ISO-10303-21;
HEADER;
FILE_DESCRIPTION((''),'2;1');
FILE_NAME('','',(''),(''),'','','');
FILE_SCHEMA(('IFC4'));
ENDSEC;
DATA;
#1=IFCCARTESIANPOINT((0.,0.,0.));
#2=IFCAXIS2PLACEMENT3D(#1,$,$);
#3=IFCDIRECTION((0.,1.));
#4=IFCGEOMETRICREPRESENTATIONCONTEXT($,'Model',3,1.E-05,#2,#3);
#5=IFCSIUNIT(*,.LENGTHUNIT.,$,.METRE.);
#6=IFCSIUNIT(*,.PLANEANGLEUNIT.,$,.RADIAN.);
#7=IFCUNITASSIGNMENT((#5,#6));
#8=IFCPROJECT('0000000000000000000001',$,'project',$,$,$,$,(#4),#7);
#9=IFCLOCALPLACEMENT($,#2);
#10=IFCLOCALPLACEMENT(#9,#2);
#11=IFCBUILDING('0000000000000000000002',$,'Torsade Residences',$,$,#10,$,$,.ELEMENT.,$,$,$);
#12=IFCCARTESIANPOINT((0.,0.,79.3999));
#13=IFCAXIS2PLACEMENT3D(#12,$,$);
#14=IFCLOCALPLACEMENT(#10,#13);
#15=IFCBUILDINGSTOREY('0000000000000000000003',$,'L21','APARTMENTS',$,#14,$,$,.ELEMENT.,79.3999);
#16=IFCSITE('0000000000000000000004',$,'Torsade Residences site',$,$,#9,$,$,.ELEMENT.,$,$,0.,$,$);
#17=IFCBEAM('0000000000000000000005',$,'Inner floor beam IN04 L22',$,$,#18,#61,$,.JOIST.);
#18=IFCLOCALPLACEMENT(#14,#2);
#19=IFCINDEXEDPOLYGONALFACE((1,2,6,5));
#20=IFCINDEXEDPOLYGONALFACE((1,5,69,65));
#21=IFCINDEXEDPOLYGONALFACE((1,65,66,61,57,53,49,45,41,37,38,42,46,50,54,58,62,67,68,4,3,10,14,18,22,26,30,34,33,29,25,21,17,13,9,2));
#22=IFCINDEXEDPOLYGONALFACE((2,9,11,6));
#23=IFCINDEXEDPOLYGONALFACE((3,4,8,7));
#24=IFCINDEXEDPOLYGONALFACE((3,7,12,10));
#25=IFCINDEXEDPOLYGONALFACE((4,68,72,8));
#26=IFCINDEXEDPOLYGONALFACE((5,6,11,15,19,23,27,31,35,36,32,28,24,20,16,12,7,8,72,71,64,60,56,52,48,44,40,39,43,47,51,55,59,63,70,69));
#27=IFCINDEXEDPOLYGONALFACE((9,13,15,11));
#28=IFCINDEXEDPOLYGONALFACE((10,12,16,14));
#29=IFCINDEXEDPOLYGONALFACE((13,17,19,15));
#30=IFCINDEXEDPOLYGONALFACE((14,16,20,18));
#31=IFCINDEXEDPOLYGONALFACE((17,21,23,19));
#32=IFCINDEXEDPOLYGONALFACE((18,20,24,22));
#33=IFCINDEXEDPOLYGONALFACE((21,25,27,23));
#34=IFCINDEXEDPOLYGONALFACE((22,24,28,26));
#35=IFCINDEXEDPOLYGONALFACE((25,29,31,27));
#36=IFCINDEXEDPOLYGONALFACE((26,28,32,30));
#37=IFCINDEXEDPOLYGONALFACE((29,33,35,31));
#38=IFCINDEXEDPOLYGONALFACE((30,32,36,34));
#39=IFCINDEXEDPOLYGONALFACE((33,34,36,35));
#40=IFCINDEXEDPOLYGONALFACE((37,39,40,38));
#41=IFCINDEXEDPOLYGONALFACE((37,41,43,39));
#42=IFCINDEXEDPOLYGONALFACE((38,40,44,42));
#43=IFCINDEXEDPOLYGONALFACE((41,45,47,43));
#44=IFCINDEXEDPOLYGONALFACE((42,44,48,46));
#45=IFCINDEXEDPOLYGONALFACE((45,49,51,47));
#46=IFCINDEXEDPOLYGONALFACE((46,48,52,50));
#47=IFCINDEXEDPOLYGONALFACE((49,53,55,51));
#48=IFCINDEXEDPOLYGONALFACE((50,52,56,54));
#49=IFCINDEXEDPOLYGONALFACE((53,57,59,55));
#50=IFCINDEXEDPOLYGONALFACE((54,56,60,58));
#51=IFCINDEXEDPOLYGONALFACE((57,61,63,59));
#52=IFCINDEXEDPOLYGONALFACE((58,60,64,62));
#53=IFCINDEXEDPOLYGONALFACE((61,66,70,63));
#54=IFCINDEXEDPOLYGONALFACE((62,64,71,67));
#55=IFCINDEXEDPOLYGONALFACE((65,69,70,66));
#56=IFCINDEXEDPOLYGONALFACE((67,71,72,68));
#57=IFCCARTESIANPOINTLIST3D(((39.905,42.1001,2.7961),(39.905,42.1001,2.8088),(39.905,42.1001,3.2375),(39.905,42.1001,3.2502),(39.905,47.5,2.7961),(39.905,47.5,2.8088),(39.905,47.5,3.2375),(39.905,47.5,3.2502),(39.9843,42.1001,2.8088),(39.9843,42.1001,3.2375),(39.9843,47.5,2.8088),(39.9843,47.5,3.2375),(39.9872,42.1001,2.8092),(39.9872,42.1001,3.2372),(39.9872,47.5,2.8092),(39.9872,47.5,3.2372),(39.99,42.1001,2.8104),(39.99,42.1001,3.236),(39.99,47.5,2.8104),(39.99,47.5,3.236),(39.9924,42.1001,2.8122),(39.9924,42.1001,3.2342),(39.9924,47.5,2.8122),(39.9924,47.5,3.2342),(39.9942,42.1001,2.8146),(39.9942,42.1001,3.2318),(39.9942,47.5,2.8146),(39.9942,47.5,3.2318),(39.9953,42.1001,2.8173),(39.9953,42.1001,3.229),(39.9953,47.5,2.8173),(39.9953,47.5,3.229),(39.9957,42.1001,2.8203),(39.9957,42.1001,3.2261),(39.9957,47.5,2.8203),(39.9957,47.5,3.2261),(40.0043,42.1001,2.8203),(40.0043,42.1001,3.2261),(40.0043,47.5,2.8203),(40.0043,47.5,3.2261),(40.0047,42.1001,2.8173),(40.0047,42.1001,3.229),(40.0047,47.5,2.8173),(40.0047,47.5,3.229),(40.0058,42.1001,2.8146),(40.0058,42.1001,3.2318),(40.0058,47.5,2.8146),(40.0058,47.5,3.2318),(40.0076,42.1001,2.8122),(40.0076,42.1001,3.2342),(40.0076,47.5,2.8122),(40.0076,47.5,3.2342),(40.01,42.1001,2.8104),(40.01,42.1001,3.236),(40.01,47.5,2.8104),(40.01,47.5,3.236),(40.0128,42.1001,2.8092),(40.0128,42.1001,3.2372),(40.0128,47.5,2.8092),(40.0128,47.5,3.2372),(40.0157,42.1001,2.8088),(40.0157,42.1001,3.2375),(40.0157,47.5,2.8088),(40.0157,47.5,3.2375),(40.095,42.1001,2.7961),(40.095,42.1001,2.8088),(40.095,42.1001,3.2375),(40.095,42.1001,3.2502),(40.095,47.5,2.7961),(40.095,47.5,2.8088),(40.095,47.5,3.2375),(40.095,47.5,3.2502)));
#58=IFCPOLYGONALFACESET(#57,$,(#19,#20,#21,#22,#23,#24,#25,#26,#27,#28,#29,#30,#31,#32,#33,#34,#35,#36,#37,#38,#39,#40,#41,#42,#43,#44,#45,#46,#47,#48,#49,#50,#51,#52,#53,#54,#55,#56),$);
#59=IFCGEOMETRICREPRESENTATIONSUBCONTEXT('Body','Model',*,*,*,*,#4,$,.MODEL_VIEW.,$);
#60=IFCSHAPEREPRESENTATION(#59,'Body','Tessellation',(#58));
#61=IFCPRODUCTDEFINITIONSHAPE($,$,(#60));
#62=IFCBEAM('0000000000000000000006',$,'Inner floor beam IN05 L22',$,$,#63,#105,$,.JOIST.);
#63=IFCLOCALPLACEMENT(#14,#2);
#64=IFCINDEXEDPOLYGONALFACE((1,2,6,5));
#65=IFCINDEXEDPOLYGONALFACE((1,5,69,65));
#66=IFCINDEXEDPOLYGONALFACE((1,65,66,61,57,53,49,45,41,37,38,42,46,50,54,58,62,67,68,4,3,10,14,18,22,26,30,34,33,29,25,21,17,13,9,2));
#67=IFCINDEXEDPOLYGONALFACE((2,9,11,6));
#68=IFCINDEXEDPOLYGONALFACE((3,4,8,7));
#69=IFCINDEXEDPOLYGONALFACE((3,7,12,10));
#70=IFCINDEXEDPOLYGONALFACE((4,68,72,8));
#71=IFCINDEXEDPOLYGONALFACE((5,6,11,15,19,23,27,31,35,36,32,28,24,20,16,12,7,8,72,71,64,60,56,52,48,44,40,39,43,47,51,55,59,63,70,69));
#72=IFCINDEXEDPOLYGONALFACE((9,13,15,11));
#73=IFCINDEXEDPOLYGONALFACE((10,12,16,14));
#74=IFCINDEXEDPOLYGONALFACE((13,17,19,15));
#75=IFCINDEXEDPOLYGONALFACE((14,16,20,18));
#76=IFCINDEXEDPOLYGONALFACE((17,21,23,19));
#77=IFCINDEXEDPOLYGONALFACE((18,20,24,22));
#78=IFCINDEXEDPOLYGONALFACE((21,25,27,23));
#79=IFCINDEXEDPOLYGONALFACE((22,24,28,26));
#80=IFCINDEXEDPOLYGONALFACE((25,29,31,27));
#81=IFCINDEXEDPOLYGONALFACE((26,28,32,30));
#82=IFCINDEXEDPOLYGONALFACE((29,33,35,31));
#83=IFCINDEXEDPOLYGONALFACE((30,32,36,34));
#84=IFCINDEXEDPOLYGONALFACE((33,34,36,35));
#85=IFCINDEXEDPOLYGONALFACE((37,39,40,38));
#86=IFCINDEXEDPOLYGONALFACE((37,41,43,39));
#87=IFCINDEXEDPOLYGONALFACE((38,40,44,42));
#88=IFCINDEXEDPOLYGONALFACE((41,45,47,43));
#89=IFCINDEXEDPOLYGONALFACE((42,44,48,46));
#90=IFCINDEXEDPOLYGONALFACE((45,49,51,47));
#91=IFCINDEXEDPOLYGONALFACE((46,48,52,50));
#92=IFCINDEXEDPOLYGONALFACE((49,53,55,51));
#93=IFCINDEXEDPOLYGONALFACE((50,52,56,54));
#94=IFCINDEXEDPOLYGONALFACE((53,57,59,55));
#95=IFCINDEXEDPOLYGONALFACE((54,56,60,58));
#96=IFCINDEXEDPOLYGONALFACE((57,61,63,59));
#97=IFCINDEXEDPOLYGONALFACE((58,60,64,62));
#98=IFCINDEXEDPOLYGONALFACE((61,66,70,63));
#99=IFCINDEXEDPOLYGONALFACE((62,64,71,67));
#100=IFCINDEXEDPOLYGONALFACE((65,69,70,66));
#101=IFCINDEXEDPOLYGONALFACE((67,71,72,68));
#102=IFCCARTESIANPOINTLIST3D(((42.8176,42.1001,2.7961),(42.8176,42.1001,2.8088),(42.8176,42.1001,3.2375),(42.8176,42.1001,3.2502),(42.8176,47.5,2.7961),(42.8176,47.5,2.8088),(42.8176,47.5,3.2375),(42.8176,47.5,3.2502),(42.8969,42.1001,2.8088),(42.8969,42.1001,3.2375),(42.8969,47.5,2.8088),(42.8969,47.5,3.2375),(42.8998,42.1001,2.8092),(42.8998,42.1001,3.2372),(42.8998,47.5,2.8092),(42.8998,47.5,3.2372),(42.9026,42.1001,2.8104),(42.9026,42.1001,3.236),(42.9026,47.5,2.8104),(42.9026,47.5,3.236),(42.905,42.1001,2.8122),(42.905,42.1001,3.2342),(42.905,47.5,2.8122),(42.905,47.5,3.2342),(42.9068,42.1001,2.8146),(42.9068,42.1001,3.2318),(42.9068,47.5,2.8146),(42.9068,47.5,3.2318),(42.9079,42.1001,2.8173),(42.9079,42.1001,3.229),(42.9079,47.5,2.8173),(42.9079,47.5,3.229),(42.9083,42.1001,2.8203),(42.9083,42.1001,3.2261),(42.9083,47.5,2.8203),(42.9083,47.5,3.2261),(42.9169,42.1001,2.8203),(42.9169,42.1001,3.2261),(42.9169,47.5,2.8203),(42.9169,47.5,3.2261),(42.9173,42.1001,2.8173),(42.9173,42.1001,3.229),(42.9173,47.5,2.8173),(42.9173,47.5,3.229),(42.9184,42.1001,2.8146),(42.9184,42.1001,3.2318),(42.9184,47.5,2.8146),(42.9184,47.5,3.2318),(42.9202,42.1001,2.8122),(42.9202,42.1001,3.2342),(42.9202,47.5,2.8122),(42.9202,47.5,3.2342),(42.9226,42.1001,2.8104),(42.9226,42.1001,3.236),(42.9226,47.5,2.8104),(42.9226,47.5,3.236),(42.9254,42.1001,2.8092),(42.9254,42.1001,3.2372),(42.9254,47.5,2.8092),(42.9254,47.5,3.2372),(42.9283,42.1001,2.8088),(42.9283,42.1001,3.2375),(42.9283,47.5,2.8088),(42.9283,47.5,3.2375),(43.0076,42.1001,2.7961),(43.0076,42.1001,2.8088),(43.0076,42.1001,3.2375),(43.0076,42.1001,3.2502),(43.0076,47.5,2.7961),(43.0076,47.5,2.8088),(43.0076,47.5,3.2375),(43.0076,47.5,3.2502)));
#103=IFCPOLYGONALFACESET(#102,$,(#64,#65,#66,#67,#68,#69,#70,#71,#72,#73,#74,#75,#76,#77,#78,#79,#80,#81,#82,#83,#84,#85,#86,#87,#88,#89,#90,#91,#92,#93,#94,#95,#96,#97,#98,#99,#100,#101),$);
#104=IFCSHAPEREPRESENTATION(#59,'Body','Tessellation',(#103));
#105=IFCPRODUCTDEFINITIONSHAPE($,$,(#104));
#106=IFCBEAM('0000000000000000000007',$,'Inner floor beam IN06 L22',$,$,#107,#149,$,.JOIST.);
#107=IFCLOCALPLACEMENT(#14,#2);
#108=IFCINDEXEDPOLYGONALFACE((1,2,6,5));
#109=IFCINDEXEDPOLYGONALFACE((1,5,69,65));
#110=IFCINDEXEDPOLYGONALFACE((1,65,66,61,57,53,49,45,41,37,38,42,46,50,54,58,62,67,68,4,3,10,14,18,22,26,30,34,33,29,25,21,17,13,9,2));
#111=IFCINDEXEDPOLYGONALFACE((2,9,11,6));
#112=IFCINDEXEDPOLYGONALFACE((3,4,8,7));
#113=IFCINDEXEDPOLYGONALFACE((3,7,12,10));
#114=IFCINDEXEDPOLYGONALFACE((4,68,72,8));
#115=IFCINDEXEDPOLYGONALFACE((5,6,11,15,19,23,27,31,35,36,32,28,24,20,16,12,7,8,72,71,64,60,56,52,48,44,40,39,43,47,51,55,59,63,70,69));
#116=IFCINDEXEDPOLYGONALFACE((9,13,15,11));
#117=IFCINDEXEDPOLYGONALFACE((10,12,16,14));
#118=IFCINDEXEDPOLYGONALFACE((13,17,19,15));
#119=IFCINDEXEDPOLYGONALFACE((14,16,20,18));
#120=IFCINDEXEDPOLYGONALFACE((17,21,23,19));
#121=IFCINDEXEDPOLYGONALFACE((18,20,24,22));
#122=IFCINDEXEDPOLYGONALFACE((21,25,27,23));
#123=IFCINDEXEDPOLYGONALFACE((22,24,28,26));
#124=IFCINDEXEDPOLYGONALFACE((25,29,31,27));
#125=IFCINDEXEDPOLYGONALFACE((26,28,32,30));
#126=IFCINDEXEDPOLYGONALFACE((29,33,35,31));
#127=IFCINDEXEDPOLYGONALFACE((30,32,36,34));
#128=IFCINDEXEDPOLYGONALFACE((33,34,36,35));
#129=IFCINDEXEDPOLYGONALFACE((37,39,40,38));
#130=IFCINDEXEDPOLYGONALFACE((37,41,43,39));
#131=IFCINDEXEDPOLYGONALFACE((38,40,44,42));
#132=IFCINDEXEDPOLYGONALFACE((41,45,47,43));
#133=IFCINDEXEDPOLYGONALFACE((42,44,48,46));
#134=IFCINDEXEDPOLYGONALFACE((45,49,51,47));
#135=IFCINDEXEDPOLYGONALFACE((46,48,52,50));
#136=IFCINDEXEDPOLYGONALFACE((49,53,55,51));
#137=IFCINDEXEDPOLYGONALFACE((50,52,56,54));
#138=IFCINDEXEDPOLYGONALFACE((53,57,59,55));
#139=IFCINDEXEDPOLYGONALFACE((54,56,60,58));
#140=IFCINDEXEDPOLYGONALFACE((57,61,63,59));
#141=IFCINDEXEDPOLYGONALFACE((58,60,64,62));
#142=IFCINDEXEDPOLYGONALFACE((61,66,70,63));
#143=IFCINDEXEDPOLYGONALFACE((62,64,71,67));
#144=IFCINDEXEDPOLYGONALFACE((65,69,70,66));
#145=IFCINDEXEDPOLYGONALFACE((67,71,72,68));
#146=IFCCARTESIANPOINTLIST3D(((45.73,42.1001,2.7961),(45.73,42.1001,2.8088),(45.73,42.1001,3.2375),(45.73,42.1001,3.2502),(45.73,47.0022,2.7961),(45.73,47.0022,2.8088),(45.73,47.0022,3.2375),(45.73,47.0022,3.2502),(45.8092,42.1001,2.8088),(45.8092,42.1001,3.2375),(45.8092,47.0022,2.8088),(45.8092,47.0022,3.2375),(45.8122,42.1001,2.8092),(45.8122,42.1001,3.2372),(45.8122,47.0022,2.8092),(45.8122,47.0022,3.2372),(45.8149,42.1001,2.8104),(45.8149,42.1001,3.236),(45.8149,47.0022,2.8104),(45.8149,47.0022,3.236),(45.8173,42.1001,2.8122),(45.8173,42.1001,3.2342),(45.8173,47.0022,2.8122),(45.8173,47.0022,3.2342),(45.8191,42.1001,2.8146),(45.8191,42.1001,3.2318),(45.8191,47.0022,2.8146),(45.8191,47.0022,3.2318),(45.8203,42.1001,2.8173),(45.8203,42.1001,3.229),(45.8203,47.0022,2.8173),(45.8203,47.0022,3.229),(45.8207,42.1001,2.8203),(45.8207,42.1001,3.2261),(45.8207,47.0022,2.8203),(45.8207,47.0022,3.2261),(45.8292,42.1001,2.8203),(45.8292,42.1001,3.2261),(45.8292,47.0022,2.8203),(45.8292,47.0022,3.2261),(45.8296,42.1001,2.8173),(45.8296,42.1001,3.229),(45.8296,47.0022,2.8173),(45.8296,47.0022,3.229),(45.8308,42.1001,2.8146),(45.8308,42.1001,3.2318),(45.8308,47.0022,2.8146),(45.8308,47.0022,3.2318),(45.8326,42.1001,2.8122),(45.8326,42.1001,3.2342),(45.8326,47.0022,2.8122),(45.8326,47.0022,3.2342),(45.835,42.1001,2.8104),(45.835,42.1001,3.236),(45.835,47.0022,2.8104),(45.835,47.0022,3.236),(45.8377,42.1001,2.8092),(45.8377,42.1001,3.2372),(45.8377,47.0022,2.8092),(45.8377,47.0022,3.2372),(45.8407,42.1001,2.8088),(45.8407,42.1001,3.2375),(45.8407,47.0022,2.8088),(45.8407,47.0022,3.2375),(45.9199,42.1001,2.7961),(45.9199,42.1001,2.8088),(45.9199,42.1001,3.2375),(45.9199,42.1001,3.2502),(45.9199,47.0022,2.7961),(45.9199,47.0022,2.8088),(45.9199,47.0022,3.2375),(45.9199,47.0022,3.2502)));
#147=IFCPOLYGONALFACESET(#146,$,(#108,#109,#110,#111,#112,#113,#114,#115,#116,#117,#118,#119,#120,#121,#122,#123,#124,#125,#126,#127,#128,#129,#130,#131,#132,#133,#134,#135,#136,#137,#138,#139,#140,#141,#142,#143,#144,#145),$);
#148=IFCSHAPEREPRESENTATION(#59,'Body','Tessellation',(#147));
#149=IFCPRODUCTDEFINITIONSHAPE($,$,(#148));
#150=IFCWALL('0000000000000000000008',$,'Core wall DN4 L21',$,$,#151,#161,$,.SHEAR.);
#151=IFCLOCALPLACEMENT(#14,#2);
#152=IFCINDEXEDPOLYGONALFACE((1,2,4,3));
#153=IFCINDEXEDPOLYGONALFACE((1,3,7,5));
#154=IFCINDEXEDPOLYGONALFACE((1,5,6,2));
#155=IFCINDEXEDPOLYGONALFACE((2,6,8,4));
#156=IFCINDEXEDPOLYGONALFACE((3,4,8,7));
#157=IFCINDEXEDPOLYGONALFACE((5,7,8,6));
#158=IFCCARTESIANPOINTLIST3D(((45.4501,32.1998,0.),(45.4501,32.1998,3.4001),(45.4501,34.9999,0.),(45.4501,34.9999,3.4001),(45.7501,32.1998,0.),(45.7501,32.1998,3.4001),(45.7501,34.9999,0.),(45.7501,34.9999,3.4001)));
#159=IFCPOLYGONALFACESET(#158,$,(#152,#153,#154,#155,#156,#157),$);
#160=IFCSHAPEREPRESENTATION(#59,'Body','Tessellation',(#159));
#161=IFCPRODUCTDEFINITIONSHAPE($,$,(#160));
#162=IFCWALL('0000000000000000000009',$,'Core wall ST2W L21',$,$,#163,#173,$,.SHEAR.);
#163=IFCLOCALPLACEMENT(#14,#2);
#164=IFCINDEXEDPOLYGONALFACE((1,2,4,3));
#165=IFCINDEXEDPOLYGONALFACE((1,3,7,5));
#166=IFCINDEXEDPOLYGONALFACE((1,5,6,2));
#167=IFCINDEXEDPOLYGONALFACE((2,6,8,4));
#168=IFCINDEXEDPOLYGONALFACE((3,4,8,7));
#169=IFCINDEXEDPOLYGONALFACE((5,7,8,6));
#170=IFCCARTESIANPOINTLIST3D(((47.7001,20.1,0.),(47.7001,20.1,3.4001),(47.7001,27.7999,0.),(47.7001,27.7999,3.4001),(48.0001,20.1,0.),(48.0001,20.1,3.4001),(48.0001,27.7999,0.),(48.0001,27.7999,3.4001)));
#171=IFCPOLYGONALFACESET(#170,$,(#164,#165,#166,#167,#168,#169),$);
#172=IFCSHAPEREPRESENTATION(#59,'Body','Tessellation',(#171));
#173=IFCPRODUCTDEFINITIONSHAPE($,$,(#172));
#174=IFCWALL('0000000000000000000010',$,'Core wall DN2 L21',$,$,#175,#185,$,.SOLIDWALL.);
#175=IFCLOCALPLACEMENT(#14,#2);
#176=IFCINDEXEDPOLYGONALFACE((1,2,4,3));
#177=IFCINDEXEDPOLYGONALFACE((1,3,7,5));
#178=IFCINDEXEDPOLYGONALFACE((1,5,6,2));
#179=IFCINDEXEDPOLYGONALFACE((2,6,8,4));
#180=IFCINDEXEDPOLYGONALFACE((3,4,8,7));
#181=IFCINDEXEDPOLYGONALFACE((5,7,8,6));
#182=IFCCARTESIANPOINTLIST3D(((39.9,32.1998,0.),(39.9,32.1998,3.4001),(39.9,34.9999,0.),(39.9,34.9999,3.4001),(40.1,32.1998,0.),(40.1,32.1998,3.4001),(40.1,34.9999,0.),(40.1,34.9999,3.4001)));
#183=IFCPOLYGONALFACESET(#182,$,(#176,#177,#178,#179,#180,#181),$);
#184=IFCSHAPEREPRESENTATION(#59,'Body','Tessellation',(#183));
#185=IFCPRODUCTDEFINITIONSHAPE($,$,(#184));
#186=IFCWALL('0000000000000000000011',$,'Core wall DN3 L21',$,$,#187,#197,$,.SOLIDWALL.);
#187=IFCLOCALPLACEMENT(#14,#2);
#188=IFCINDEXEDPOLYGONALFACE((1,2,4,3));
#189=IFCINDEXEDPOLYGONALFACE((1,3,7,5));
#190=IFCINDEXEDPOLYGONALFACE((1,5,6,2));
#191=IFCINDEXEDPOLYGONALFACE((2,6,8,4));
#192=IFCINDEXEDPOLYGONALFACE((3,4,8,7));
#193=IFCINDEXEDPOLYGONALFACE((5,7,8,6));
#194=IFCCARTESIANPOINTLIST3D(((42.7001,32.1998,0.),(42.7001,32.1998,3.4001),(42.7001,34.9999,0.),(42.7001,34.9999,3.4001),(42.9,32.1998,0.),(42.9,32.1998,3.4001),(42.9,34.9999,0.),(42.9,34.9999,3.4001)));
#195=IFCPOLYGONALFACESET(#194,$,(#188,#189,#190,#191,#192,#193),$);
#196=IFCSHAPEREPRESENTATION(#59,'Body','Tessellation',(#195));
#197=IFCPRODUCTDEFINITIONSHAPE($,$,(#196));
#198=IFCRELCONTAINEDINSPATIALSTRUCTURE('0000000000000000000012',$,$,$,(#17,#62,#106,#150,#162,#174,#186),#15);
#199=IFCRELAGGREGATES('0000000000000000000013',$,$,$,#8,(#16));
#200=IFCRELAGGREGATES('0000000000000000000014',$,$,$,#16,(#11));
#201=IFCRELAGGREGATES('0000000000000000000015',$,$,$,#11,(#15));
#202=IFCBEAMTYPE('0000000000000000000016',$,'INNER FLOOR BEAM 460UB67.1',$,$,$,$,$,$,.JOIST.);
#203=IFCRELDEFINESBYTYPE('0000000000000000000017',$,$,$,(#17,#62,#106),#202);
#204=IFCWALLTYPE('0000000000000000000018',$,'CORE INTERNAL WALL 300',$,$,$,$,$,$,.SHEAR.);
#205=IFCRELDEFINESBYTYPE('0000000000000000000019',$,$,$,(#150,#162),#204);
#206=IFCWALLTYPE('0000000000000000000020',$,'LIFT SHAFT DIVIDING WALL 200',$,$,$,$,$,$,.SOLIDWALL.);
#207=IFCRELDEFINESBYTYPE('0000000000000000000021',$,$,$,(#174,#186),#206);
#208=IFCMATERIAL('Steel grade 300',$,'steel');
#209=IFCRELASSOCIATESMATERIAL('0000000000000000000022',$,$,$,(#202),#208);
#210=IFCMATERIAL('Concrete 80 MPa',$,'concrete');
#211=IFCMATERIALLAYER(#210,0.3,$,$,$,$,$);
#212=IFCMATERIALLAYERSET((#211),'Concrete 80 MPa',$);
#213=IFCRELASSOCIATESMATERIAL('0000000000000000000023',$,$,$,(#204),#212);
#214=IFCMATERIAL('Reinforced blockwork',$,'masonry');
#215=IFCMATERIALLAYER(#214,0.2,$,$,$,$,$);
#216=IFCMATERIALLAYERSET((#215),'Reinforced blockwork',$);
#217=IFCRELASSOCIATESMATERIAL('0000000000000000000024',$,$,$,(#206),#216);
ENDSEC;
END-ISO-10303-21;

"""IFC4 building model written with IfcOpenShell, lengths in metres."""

from ifc_helpers import new_model, si_unit, direction, frame, frame_2d, origin, origin_2d, place, context, subcontext, project, spatial, rectangle, i_section, extrude, material, layer, layer_set, material_profile, profile_set, type_object, element, save


model = new_model("IFC4")

# Units and contexts
model_context = context("Model", 3, precision=1e-05, world=origin(), true_north=direction((0.0, 1.0)))
body_context = subcontext(model_context, "Body", "Model", "MODEL_VIEW")
ifc_project = project(units=[si_unit("LENGTHUNIT", "METRE"), si_unit("PLANEANGLEUNIT", "RADIAN")], contexts=[model_context])

# Site, building, storey
site_placement = place(None, origin())
site = spatial("IfcSite", under=ifc_project, at=site_placement, Name="Torsade Residences site", CompositionType="ELEMENT", RefElevation=0.0)
building_placement = place(site_placement, origin())
building = spatial("IfcBuilding", under=site, at=building_placement, Name="Torsade Residences", CompositionType="ELEMENT")
storey_placement = place(building_placement, frame((0.0, 0.0, 79.3999)))
storey = spatial("IfcBuildingStorey", under=building, at=storey_placement, Name="L21", Description="APARTMENTS", CompositionType="ELEMENT", Elevation=79.3999)

# Beams
ifc_material_1 = material(Name="Steel grade 300", Category="steel")
ifc_material_profile = material_profile(ifc_material_1, i_section(OverallWidth=0.1899, OverallDepth=0.4541, WebThickness=0.0085, FlangeThickness=0.0127, FilletRadius=0.0115, at=origin_2d()), Name="460UB67.1")
ifc_profile_set = profile_set([ifc_material_profile], Name="Steel grade 300")
beam_type = type_object("IfcBeamType", Name="INNER FLOOR BEAM 460UB67.1", PredefinedType="JOIST", material=ifc_profile_set)
for number, where, z_axis, x_axis, name in (
    (1, (40.0, 42.1001, 3.0232), (0.0, 1.0, 0.0), (-1.0, 0.0, 0.0), "Inner floor beam IN04 L22"),
    (2, (42.9126, 42.1001, 3.0232), (0.0, 1.0, 0.0), (-1.0, 0.0, 0.0), "Inner floor beam IN05 L22"),
):
    element("IfcBeam", number, at=place(storey_placement, frame(where, z_axis=z_axis, x_axis=x_axis)), inside=storey, type_object=beam_type, Name=name, PredefinedType="JOIST", context=body_context, shape_type="SweptSolid", body=[
        extrude(i_section(OverallWidth=0.1899, OverallDepth=0.4541, WebThickness=0.0085, FlangeThickness=0.0127, FilletRadius=0.0115, at=origin_2d()), origin(), (0.0, 0.0, 1.0), 5.3999),
    ])
beam_placement = place(storey_placement, frame((45.825, 42.1001, 3.0232), z_axis=(0.0, 1.0, 0.0), x_axis=(-1.0, 0.0, 0.0)))
element("IfcBeam", 3, at=beam_placement, inside=storey, type_object=beam_type, Name="Inner floor beam IN06 L22", PredefinedType="JOIST", context=body_context, shape_type="SweptSolid", body=[
    extrude(i_section(OverallWidth=0.1899, OverallDepth=0.4541, WebThickness=0.0085, FlangeThickness=0.0127, FilletRadius=0.0115, at=origin_2d()), origin(), (0.0, 0.0, 1.0), 4.9021),
])

# Walls
ifc_material_2 = material(Name="Concrete 80 MPa", Category="concrete")
ifc_layer_1 = layer(ifc_material_2, 0.3)
ifc_layer_set_1 = layer_set([ifc_layer_1], Name="Concrete 80 MPa")
wall_type_1 = type_object("IfcWallType", Name="CORE INTERNAL WALL 300", PredefinedType="SHEAR", material=ifc_layer_set_1)
wall_1_placement = place(storey_placement, frame((45.6001, 32.2, 0.0), z_axis=(0.0, 0.0, 1.0), x_axis=(0.0, 1.0, 0.0)))
element("IfcWall", 4, at=wall_1_placement, inside=storey, type_object=wall_type_1, Name="Core wall DN4 L21", PredefinedType="SHEAR", context=body_context, shape_type="SweptSolid", body=[
    extrude(rectangle(XDim=2.8, YDim=0.3, at=frame_2d((1.3999, 0.0))), origin(), (0.0, 0.0, 1.0), 3.4001),
])
wall_2_placement = place(storey_placement, frame((47.8501, 27.8, 0.0), z_axis=(0.0, 0.0, 1.0), x_axis=(0.0, -1.0, 0.0)))
element("IfcWall", 5, at=wall_2_placement, inside=storey, type_object=wall_type_1, Name="Core wall ST2W L21", PredefinedType="SHEAR", context=body_context, shape_type="SweptSolid", body=[
    extrude(rectangle(XDim=7.7, YDim=0.3, at=frame_2d((3.8501, 0.0))), origin(), (0.0, 0.0, 1.0), 3.4001),
])
ifc_material_3 = material(Name="Reinforced blockwork", Category="masonry")
ifc_layer_2 = layer(ifc_material_3, 0.2)
ifc_layer_set_2 = layer_set([ifc_layer_2], Name="Reinforced blockwork")
wall_type_2 = type_object("IfcWallType", Name="LIFT SHAFT DIVIDING WALL 200", PredefinedType="SOLIDWALL", material=ifc_layer_set_2)
for number, where, z_axis, x_axis, name in (
    (6, (40.0, 32.2, 0.0), (0.0, 0.0, 1.0), (0.0, 1.0, 0.0), "Core wall DN2 L21"),
    (7, (42.8, 32.2, 0.0), (0.0, 0.0, 1.0), (0.0, 1.0, 0.0), "Core wall DN3 L21"),
):
    element("IfcWall", number, at=place(storey_placement, frame(where, z_axis=z_axis, x_axis=x_axis)), inside=storey, type_object=wall_type_2, Name=name, PredefinedType="SOLIDWALL", context=body_context, shape_type="SweptSolid", body=[
        extrude(rectangle(XDim=2.8, YDim=0.2, at=frame_2d((1.3999, 0.0))), origin(), (0.0, 0.0, 1.0), 3.4001),
    ])

save(model, "model.ifc")
